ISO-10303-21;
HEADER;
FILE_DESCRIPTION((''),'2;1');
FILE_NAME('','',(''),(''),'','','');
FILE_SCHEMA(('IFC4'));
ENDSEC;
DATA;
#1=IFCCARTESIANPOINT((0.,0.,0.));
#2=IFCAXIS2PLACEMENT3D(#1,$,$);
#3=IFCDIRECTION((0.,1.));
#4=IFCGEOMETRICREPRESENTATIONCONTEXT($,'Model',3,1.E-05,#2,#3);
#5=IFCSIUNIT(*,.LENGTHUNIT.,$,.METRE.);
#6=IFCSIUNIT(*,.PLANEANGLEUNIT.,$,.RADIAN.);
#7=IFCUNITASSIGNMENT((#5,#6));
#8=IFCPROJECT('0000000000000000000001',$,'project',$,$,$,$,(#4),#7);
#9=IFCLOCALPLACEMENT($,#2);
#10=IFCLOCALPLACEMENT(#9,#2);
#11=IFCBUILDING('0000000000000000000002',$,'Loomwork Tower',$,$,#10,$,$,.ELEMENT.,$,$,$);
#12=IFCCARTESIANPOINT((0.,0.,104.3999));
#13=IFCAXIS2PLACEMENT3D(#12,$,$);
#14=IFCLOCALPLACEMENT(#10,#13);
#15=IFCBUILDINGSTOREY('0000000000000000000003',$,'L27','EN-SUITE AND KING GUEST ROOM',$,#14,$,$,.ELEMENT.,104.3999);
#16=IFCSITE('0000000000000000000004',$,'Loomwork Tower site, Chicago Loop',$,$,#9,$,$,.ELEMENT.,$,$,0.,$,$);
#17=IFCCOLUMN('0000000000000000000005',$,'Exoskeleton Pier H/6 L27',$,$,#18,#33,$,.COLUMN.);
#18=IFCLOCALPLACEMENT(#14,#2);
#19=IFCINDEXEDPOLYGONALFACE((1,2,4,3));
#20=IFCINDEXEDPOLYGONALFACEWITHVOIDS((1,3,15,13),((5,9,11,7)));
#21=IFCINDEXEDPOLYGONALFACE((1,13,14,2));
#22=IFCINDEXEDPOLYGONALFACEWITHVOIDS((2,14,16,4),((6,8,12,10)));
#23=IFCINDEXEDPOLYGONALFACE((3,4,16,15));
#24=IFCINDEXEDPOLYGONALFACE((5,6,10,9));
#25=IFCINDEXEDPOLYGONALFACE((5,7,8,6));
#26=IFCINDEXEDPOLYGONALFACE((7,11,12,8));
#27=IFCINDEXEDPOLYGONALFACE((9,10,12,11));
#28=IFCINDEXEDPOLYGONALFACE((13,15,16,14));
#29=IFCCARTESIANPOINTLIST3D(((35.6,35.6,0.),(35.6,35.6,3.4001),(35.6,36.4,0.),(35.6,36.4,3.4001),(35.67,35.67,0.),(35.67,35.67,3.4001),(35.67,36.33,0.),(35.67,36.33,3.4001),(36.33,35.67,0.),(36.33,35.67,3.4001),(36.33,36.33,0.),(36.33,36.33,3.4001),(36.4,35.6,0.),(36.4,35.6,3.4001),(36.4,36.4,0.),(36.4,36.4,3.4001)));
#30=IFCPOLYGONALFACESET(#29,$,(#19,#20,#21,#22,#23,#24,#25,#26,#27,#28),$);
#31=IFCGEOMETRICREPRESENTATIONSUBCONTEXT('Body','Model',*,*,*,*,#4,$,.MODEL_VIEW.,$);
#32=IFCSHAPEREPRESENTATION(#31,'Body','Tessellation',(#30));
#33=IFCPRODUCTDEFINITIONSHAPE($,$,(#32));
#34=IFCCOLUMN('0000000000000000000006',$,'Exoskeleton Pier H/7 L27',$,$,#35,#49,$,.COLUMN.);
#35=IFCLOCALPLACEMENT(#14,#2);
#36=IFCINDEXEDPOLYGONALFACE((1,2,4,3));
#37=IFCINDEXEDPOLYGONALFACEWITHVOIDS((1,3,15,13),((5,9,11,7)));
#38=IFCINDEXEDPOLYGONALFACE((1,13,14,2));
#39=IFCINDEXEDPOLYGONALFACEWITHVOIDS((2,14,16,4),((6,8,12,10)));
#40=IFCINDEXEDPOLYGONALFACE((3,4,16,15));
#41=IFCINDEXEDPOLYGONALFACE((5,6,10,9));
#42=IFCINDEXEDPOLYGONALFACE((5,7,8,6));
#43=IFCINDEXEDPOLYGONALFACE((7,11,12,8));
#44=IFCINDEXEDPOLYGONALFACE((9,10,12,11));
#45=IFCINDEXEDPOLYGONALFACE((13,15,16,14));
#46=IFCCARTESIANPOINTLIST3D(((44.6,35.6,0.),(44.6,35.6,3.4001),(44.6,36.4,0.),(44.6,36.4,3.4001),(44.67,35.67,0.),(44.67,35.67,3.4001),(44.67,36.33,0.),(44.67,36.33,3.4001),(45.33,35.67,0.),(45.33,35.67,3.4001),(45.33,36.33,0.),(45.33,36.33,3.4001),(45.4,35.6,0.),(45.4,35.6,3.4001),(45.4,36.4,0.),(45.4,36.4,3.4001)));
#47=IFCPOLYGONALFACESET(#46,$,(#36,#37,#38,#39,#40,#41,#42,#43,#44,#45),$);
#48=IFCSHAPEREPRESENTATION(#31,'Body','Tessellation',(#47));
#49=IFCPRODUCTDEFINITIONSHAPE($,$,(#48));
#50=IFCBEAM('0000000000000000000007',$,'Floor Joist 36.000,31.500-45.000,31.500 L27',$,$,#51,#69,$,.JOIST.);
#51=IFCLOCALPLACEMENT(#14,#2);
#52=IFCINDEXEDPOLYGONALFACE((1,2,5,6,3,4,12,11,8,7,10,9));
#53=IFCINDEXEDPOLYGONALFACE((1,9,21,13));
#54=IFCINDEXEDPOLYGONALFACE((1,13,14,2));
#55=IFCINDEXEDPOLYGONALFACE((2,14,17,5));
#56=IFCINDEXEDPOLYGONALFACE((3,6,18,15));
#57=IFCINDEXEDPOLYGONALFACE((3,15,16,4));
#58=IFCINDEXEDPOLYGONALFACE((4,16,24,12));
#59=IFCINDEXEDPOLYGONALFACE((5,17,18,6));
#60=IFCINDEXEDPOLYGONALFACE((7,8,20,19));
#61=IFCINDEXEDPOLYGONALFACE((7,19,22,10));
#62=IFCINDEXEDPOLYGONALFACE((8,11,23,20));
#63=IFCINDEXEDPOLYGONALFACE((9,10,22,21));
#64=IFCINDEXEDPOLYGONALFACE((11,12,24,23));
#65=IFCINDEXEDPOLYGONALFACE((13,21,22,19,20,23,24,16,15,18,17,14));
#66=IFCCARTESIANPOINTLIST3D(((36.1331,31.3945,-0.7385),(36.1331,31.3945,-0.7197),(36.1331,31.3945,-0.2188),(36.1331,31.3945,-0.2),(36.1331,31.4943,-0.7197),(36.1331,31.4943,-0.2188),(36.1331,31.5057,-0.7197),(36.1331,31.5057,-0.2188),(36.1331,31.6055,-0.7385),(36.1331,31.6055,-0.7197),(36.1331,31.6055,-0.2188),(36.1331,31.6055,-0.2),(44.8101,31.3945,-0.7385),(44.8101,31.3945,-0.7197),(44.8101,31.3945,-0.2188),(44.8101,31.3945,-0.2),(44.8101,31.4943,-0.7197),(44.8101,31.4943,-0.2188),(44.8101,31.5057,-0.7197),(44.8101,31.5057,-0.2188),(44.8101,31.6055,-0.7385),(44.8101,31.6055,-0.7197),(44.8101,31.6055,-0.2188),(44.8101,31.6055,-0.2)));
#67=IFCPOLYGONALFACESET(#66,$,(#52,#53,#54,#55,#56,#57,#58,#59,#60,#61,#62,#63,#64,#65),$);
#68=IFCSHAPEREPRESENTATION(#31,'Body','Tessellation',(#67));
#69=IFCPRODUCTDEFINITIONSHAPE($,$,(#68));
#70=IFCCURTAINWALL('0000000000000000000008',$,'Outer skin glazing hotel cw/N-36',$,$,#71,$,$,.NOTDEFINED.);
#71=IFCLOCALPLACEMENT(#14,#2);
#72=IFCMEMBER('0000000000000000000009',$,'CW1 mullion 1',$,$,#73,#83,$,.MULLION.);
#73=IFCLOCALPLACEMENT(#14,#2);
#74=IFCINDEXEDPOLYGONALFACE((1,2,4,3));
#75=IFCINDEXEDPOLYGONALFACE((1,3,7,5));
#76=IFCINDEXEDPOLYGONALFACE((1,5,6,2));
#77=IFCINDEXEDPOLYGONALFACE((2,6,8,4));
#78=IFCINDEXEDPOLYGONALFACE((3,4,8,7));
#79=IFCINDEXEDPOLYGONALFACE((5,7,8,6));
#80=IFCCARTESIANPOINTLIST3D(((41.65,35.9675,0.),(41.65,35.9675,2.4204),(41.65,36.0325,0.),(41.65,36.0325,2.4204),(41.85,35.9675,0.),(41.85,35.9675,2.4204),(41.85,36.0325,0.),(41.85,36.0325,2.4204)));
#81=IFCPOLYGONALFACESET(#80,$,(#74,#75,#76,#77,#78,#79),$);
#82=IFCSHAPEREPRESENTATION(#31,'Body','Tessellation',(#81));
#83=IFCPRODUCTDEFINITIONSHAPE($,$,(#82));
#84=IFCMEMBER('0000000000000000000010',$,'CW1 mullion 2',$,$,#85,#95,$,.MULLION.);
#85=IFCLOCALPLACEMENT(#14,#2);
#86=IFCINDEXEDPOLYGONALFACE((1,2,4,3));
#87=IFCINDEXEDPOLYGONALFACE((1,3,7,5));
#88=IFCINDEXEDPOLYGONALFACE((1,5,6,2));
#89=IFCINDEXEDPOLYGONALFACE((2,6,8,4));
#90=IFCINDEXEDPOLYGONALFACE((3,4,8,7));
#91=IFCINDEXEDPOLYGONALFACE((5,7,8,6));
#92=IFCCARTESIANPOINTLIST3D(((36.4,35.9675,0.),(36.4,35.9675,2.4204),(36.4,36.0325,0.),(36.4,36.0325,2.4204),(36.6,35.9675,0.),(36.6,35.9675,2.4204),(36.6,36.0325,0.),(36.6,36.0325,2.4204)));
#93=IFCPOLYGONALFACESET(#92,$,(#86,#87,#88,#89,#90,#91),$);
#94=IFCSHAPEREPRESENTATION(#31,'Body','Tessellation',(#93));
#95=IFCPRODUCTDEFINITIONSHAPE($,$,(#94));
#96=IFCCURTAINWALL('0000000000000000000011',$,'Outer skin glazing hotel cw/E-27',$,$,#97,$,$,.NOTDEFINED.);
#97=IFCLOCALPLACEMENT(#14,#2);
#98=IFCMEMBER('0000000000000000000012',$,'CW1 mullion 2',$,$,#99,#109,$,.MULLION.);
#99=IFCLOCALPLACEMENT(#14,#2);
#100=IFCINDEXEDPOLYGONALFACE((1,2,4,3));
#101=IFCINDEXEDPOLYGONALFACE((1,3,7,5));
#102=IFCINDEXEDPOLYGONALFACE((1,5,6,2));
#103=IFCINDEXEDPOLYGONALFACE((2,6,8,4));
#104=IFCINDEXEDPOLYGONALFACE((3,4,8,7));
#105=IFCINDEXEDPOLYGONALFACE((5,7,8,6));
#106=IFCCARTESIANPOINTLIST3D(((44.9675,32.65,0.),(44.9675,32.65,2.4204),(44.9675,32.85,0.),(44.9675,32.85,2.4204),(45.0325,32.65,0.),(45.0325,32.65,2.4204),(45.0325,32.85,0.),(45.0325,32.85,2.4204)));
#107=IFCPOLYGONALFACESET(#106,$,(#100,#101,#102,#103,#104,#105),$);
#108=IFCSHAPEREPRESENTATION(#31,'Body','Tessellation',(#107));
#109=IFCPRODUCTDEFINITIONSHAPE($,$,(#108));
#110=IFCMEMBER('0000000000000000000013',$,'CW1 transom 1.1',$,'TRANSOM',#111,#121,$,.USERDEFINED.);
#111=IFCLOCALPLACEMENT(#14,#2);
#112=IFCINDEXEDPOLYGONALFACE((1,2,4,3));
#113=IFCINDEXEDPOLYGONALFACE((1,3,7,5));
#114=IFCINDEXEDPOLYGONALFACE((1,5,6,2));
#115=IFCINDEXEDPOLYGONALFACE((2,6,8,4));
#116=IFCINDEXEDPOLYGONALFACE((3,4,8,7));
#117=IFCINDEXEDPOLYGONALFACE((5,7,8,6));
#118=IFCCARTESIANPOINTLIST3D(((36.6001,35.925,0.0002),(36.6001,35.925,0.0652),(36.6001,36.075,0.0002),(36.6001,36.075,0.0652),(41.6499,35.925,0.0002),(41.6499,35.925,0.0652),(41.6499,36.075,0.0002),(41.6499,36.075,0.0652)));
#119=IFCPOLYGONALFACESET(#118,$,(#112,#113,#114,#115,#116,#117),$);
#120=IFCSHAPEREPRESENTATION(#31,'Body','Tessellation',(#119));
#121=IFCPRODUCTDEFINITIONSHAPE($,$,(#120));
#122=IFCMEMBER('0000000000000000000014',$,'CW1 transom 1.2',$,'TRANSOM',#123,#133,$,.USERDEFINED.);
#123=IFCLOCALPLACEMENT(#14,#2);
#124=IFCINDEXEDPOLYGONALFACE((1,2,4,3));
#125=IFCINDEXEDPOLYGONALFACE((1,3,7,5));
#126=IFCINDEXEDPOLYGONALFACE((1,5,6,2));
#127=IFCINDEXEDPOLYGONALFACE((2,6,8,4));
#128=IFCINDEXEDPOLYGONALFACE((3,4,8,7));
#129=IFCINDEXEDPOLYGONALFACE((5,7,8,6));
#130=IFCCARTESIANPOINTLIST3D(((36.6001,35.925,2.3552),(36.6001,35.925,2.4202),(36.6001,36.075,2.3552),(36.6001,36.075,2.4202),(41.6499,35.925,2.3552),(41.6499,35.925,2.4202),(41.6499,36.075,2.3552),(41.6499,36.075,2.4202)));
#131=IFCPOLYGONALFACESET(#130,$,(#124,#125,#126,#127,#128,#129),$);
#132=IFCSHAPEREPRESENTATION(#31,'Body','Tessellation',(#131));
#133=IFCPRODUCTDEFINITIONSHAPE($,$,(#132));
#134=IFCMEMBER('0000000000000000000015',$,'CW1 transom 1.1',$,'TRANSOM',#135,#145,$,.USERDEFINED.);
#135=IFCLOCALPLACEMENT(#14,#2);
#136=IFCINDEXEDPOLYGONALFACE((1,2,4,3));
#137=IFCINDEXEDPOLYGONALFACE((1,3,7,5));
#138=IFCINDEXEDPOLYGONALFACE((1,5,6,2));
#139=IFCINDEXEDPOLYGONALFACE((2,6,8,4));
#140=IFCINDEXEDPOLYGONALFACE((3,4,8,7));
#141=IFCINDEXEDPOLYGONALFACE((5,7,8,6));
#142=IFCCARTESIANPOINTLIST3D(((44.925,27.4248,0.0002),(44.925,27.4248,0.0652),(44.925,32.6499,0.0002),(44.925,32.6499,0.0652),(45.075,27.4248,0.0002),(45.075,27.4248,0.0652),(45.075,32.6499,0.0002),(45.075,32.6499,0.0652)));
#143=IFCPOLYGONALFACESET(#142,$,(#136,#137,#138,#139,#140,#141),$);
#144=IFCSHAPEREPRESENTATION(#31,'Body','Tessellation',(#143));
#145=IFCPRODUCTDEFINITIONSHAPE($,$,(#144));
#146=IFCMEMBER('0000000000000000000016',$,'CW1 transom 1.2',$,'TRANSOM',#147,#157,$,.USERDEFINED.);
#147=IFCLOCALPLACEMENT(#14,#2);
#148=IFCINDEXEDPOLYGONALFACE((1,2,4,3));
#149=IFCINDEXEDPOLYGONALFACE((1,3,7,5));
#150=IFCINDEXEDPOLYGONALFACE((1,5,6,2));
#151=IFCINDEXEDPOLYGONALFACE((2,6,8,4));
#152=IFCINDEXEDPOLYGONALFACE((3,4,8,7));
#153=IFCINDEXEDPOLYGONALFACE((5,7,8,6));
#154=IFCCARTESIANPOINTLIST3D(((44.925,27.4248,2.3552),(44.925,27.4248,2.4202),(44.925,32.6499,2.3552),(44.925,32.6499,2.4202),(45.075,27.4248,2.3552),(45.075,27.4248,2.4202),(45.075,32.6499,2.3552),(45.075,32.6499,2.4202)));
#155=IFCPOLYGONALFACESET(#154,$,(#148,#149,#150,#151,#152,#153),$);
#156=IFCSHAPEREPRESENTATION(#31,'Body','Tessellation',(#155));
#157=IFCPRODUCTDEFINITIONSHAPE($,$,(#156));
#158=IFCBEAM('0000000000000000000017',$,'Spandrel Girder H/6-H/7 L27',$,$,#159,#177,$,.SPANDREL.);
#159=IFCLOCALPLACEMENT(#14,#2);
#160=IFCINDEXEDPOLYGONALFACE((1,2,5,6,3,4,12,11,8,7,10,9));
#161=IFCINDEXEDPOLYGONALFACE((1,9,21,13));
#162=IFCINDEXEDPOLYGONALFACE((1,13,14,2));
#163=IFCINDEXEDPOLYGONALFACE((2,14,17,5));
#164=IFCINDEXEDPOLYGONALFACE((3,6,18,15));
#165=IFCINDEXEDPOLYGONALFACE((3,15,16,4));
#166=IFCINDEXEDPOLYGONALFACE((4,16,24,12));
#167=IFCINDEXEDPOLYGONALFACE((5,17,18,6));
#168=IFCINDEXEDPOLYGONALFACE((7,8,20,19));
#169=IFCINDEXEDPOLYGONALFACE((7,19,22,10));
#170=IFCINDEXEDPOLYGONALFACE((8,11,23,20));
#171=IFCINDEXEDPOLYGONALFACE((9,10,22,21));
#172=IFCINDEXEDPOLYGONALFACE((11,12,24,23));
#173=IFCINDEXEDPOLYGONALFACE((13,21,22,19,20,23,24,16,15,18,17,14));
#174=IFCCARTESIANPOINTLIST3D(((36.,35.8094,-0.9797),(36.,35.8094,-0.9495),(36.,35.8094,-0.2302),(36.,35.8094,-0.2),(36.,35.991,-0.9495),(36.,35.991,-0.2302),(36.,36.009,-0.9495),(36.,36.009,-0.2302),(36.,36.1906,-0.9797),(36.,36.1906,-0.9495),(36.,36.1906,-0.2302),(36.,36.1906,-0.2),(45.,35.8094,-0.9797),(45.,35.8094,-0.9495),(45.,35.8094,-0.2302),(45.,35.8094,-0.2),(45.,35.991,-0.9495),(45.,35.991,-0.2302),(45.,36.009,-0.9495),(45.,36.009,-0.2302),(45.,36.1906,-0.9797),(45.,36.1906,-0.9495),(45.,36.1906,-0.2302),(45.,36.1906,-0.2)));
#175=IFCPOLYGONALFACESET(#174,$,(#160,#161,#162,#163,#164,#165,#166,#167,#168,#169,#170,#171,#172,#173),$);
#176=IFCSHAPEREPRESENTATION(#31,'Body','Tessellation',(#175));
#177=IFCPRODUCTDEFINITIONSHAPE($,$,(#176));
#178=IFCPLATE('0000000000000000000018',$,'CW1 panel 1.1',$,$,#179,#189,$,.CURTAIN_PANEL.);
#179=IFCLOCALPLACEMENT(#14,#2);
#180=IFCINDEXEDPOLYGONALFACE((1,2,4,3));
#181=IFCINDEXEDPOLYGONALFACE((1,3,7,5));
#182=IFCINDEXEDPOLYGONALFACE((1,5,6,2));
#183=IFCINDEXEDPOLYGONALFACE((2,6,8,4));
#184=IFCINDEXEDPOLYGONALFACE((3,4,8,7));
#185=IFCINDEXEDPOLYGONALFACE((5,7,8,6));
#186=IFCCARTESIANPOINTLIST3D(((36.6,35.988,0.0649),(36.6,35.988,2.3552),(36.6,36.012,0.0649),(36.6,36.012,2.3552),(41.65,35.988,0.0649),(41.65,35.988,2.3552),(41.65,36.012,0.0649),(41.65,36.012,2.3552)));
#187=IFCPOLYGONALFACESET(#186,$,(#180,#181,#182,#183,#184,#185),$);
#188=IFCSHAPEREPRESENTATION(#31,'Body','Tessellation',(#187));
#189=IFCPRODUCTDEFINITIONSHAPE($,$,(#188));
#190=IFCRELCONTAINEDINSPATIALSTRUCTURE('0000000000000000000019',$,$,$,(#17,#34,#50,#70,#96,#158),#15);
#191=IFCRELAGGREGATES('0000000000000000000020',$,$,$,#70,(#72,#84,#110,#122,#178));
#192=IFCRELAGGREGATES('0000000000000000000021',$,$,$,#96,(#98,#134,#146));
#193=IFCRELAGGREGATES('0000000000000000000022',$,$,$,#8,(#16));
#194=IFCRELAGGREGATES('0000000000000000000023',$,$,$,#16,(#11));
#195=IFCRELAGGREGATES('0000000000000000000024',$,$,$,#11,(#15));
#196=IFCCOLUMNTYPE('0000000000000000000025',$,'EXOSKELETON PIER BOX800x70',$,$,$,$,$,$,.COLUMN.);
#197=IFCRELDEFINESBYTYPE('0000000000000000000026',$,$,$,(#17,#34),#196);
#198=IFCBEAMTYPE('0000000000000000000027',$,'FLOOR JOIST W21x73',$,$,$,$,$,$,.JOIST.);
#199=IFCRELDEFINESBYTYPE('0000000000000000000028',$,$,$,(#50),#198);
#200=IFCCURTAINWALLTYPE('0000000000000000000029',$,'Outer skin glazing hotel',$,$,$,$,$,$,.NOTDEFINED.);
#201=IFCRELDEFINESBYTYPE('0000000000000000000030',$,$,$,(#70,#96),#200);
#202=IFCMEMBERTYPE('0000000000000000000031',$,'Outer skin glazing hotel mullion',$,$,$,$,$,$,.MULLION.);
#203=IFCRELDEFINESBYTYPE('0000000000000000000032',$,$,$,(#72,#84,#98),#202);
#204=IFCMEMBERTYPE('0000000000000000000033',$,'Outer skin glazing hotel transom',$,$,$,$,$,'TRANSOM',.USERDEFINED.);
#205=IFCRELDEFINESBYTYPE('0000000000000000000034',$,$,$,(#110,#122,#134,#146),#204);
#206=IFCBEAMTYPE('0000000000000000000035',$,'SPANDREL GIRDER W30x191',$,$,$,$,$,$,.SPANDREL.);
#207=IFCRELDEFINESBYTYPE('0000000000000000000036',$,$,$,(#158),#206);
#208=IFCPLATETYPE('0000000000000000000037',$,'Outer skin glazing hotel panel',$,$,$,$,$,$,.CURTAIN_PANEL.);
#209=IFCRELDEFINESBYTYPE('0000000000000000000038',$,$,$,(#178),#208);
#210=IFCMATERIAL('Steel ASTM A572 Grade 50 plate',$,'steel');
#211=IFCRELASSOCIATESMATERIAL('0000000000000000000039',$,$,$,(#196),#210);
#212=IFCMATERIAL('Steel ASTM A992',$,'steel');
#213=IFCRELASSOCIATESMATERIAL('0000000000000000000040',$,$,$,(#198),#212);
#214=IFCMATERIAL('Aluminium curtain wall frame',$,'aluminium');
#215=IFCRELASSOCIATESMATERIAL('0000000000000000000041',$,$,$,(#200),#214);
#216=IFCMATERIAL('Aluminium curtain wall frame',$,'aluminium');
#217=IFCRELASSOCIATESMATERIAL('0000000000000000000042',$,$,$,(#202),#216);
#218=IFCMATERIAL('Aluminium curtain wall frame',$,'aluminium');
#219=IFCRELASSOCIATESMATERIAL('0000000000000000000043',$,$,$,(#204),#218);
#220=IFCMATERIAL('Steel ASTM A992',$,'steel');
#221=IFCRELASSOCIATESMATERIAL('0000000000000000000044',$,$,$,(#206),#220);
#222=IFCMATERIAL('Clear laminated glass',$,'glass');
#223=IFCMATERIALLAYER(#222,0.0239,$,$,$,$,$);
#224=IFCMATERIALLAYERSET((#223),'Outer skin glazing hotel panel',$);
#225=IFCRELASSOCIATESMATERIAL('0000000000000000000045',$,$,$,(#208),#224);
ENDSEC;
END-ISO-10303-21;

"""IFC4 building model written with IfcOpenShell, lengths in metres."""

from ifc_helpers import new_model, si_unit, direction, frame, origin, origin_2d, place, context, subcontext, project, spatial, rectangle, hollow_rectangle, i_section, extrude, material, layer, layer_set, material_profile, profile_set, type_object, element, aggregate, save


model = new_model("IFC4")

# Units and contexts
model_context = context("Model", 3, precision=1e-05, world=origin(), true_north=direction((0.0, 1.0)))
body_context = subcontext(model_context, "Body", "Model", "MODEL_VIEW")
ifc_project = project(units=[si_unit("LENGTHUNIT", "METRE"), si_unit("PLANEANGLEUNIT", "RADIAN")], contexts=[model_context])

# Site, building, storey
site_placement = place(None, origin())
site = spatial("IfcSite", under=ifc_project, at=site_placement, Name="Loomwork Tower site, Chicago Loop", CompositionType="ELEMENT", RefElevation=0.0)
building_placement = place(site_placement, origin())
building = spatial("IfcBuilding", under=site, at=building_placement, Name="Loomwork Tower", CompositionType="ELEMENT")
storey_placement = place(building_placement, frame((0.0, 0.0, 104.3999)))
storey = spatial("IfcBuildingStorey", under=building, at=storey_placement, Name="L27", Description="EN-SUITE AND KING GUEST ROOM", CompositionType="ELEMENT", Elevation=104.3999)

# Columns
ifc_material_1 = material(Name="Steel ASTM A572 Grade 50 plate", Category="steel")
ifc_material_profile_1 = material_profile(ifc_material_1, hollow_rectangle(XDim=0.8, YDim=0.8, WallThickness=0.0701, at=origin_2d()), Name="BOX800x70")
ifc_profile_set_1 = profile_set([ifc_material_profile_1], Name="Steel ASTM A572 Grade 50 plate")
column_type = type_object("IfcColumnType", Name="EXOSKELETON PIER BOX800x70", PredefinedType="COLUMN", material=ifc_profile_set_1)
for number, where, z_axis, x_axis, name in (
    (1, (36.0, 36.0, 0.0), (0.0, 0.0, 1.0), (1.0, 0.0, 0.0), "Exoskeleton Pier H/6 L27"),
    (2, (45.0, 36.0, 0.0), (0.0, 0.0, 1.0), (1.0, 0.0, 0.0), "Exoskeleton Pier H/7 L27"),
):
    element("IfcColumn", number, at=place(storey_placement, frame(where, z_axis=z_axis, x_axis=x_axis)), inside=storey, type_object=column_type, Name=name, PredefinedType="COLUMN", context=body_context, shape_type="SweptSolid", body=[
        extrude(hollow_rectangle(XDim=0.8, YDim=0.8, WallThickness=0.0701, at=origin_2d()), origin(), (0.0, 0.0, 1.0), 3.4001),
    ])

# Beam
ifc_material_2 = material(Name="Steel ASTM A992", Category="steel")
ifc_material_profile_2 = material_profile(ifc_material_2, i_section(OverallWidth=0.2109, OverallDepth=0.5386, WebThickness=0.0115, FlangeThickness=0.0188, at=origin_2d()), Name="W21x73")
ifc_profile_set_2 = profile_set([ifc_material_profile_2], Name="Steel ASTM A992")
beam_type_1 = type_object("IfcBeamType", Name="FLOOR JOIST W21x73", PredefinedType="JOIST", material=ifc_profile_set_2)
beam_1_placement = place(storey_placement, frame((36.1331, 31.5, -0.4692), z_axis=(1.0, 0.0, 0.0), x_axis=(0.0, 1.0, 0.0)))
element("IfcBeam", 3, at=beam_1_placement, inside=storey, type_object=beam_type_1, Name="Floor Joist 36.000,31.500-45.000,31.500 L27", PredefinedType="JOIST", context=body_context, shape_type="SweptSolid", body=[
    extrude(i_section(OverallWidth=0.2109, OverallDepth=0.5386, WebThickness=0.0115, FlangeThickness=0.0188, at=origin_2d()), origin(), (0.0, 0.0, 1.0), 8.677),
])

# Curtain wall, members
ifc_material_3 = material(Name="Aluminium curtain wall frame", Category="aluminium")
curtain_wall_type = type_object("IfcCurtainWallType", Name="Outer skin glazing hotel", PredefinedType="NOTDEFINED", material=ifc_material_3)
curtain_wall_1_placement = place(storey_placement, origin())
curtain_wall_1 = element("IfcCurtainWall", 4, at=curtain_wall_1_placement, inside=storey, type_object=curtain_wall_type, Name="Outer skin glazing hotel cw/N-36", PredefinedType="NOTDEFINED")
ifc_material_4 = material(Name="Aluminium curtain wall frame", Category="aluminium")
ifc_material_profile_3 = material_profile(ifc_material_4, rectangle(XDim=0.0649, YDim=0.2, at=origin_2d()), Name="AL 65x200")
ifc_profile_set_3 = profile_set([ifc_material_profile_3], Name="Aluminium curtain wall frame")
member_type_1 = type_object("IfcMemberType", Name="Outer skin glazing hotel mullion", PredefinedType="MULLION", material=ifc_profile_set_3)
member_1_placement = place(storey_placement, frame((41.75, 36.0, 0.0), z_axis=(0.0, 0.0, 1.0), x_axis=(0.0, -1.0, 0.0)))
member_1 = element("IfcMember", 5, at=member_1_placement, type_object=member_type_1, Name="CW1 mullion 1", PredefinedType="MULLION", context=body_context, shape_type="SweptSolid", body=[
    extrude(rectangle(XDim=0.0649, YDim=0.2, at=origin_2d()), origin(), (0.0, 0.0, 1.0), 2.4204),
])
member_2_placement = place(storey_placement, frame((36.5, 36.0, 0.0), z_axis=(0.0, 0.0, 1.0), x_axis=(0.0, -1.0, 0.0)))
member_2 = element("IfcMember", 6, at=member_2_placement, type_object=member_type_1, Name="CW1 mullion 2", PredefinedType="MULLION", context=body_context, shape_type="SweptSolid", body=[
    extrude(rectangle(XDim=0.0649, YDim=0.2, at=origin_2d()), origin(), (0.0, 0.0, 1.0), 2.4204),
])

# Curtain wall, member
curtain_wall_2_placement = place(storey_placement, origin())
curtain_wall_2 = element("IfcCurtainWall", 7, at=curtain_wall_2_placement, inside=storey, type_object=curtain_wall_type, Name="Outer skin glazing hotel cw/E-27", PredefinedType="NOTDEFINED")
member_3_placement = place(storey_placement, frame((45.0, 32.75, 0.0), z_axis=(0.0, 0.0, 1.0), x_axis=(-1.0, 0.0, 0.0)))
member_3 = element("IfcMember", 8, at=member_3_placement, type_object=member_type_1, Name="CW1 mullion 2", PredefinedType="MULLION", context=body_context, shape_type="SweptSolid", body=[
    extrude(rectangle(XDim=0.0649, YDim=0.2, at=origin_2d()), origin(), (0.0, 0.0, 1.0), 2.4204),
])

# Members
ifc_material_5 = material(Name="Aluminium curtain wall frame", Category="aluminium")
ifc_material_profile_4 = material_profile(ifc_material_5, rectangle(XDim=0.1499, YDim=0.0649, at=origin_2d()), Name="AL 65x150")
ifc_profile_set_4 = profile_set([ifc_material_profile_4], Name="Aluminium curtain wall frame")
member_type_2 = type_object("IfcMemberType", Name="Outer skin glazing hotel transom", ElementType="TRANSOM", PredefinedType="USERDEFINED", material=ifc_profile_set_4)
member_4_placement = place(storey_placement, frame((41.6499, 36.0, 0.0327), z_axis=(-1.0, 0.0, 0.0), x_axis=(0.0, -1.0, 0.0)))
member_4 = element("IfcMember", 9, at=member_4_placement, type_object=member_type_2, Name="CW1 transom 1.1", ObjectType="TRANSOM", PredefinedType="USERDEFINED", context=body_context, shape_type="SweptSolid", body=[
    extrude(rectangle(XDim=0.1499, YDim=0.0649, at=origin_2d()), origin(), (0.0, 0.0, 1.0), 5.0498),
])
member_5_placement = place(storey_placement, frame((41.6499, 36.0, 2.3877), z_axis=(-1.0, 0.0, 0.0), x_axis=(0.0, -1.0, 0.0)))
member_5 = element("IfcMember", 10, at=member_5_placement, type_object=member_type_2, Name="CW1 transom 1.2", ObjectType="TRANSOM", PredefinedType="USERDEFINED", context=body_context, shape_type="SweptSolid", body=[
    extrude(rectangle(XDim=0.1499, YDim=0.0649, at=origin_2d()), origin(), (0.0, 0.0, 1.0), 5.0498),
])
member_6_placement = place(storey_placement, frame((45.0, 27.4248, 0.0327), z_axis=(0.0, 1.0, 0.0), x_axis=(-1.0, 0.0, 0.0)))
member_6 = element("IfcMember", 11, at=member_6_placement, type_object=member_type_2, Name="CW1 transom 1.1", ObjectType="TRANSOM", PredefinedType="USERDEFINED", context=body_context, shape_type="SweptSolid", body=[
    extrude(rectangle(XDim=0.1499, YDim=0.0649, at=origin_2d()), origin(), (0.0, 0.0, 1.0), 5.2251),
])
member_7_placement = place(storey_placement, frame((45.0, 27.4248, 2.3877), z_axis=(0.0, 1.0, 0.0), x_axis=(-1.0, 0.0, 0.0)))
member_7 = element("IfcMember", 12, at=member_7_placement, type_object=member_type_2, Name="CW1 transom 1.2", ObjectType="TRANSOM", PredefinedType="USERDEFINED", context=body_context, shape_type="SweptSolid", body=[
    extrude(rectangle(XDim=0.1499, YDim=0.0649, at=origin_2d()), origin(), (0.0, 0.0, 1.0), 5.2251),
])

# Beam
ifc_material_6 = material(Name="Steel ASTM A992", Category="steel")
ifc_material_profile_5 = material_profile(ifc_material_6, i_section(OverallWidth=0.3811, OverallDepth=0.7798, WebThickness=0.0181, FlangeThickness=0.0303, at=origin_2d()), Name="W30x191")
ifc_profile_set_5 = profile_set([ifc_material_profile_5], Name="Steel ASTM A992")
beam_type_2 = type_object("IfcBeamType", Name="SPANDREL GIRDER W30x191", PredefinedType="SPANDREL", material=ifc_profile_set_5)
beam_2_placement = place(storey_placement, frame((36.0, 36.0, -0.5898), z_axis=(1.0, 0.0, 0.0), x_axis=(0.0, 1.0, 0.0)))
element("IfcBeam", 13, at=beam_2_placement, inside=storey, type_object=beam_type_2, Name="Spandrel Girder H/6-H/7 L27", PredefinedType="SPANDREL", context=body_context, shape_type="SweptSolid", body=[
    extrude(i_section(OverallWidth=0.3811, OverallDepth=0.7798, WebThickness=0.0181, FlangeThickness=0.0303, at=origin_2d()), origin(), (0.0, 0.0, 1.0), 9.0),
])

# Plate
ifc_material_7 = material(Name="Clear laminated glass", Category="glass")
ifc_layer_1 = layer(ifc_material_7, 0.0239)
ifc_layer_set_1 = layer_set([ifc_layer_1], Name="Outer skin glazing hotel panel")
plate_type = type_object("IfcPlateType", Name="Outer skin glazing hotel panel", PredefinedType="CURTAIN_PANEL", material=ifc_layer_set_1)
plate_1_placement = place(storey_placement, frame((39.125, 36.0, 0.0649), z_axis=(0.0, 0.0, 1.0), x_axis=(-1.0, 0.0, 0.0)))
plate_1 = element("IfcPlate", 14, at=plate_1_placement, type_object=plate_type, Name="CW1 panel 1.1", PredefinedType="CURTAIN_PANEL", context=body_context, shape_type="SweptSolid", body=[
    extrude(rectangle(XDim=5.05, YDim=0.0239, at=origin_2d()), origin(), (0.0, 0.0, 1.0), 2.2903),
])
aggregate(curtain_wall_1, [member_1, member_2, member_4, member_5, plate_1])
aggregate(curtain_wall_2, [member_3, member_6, member_7])

save(model, "model.ifc")
